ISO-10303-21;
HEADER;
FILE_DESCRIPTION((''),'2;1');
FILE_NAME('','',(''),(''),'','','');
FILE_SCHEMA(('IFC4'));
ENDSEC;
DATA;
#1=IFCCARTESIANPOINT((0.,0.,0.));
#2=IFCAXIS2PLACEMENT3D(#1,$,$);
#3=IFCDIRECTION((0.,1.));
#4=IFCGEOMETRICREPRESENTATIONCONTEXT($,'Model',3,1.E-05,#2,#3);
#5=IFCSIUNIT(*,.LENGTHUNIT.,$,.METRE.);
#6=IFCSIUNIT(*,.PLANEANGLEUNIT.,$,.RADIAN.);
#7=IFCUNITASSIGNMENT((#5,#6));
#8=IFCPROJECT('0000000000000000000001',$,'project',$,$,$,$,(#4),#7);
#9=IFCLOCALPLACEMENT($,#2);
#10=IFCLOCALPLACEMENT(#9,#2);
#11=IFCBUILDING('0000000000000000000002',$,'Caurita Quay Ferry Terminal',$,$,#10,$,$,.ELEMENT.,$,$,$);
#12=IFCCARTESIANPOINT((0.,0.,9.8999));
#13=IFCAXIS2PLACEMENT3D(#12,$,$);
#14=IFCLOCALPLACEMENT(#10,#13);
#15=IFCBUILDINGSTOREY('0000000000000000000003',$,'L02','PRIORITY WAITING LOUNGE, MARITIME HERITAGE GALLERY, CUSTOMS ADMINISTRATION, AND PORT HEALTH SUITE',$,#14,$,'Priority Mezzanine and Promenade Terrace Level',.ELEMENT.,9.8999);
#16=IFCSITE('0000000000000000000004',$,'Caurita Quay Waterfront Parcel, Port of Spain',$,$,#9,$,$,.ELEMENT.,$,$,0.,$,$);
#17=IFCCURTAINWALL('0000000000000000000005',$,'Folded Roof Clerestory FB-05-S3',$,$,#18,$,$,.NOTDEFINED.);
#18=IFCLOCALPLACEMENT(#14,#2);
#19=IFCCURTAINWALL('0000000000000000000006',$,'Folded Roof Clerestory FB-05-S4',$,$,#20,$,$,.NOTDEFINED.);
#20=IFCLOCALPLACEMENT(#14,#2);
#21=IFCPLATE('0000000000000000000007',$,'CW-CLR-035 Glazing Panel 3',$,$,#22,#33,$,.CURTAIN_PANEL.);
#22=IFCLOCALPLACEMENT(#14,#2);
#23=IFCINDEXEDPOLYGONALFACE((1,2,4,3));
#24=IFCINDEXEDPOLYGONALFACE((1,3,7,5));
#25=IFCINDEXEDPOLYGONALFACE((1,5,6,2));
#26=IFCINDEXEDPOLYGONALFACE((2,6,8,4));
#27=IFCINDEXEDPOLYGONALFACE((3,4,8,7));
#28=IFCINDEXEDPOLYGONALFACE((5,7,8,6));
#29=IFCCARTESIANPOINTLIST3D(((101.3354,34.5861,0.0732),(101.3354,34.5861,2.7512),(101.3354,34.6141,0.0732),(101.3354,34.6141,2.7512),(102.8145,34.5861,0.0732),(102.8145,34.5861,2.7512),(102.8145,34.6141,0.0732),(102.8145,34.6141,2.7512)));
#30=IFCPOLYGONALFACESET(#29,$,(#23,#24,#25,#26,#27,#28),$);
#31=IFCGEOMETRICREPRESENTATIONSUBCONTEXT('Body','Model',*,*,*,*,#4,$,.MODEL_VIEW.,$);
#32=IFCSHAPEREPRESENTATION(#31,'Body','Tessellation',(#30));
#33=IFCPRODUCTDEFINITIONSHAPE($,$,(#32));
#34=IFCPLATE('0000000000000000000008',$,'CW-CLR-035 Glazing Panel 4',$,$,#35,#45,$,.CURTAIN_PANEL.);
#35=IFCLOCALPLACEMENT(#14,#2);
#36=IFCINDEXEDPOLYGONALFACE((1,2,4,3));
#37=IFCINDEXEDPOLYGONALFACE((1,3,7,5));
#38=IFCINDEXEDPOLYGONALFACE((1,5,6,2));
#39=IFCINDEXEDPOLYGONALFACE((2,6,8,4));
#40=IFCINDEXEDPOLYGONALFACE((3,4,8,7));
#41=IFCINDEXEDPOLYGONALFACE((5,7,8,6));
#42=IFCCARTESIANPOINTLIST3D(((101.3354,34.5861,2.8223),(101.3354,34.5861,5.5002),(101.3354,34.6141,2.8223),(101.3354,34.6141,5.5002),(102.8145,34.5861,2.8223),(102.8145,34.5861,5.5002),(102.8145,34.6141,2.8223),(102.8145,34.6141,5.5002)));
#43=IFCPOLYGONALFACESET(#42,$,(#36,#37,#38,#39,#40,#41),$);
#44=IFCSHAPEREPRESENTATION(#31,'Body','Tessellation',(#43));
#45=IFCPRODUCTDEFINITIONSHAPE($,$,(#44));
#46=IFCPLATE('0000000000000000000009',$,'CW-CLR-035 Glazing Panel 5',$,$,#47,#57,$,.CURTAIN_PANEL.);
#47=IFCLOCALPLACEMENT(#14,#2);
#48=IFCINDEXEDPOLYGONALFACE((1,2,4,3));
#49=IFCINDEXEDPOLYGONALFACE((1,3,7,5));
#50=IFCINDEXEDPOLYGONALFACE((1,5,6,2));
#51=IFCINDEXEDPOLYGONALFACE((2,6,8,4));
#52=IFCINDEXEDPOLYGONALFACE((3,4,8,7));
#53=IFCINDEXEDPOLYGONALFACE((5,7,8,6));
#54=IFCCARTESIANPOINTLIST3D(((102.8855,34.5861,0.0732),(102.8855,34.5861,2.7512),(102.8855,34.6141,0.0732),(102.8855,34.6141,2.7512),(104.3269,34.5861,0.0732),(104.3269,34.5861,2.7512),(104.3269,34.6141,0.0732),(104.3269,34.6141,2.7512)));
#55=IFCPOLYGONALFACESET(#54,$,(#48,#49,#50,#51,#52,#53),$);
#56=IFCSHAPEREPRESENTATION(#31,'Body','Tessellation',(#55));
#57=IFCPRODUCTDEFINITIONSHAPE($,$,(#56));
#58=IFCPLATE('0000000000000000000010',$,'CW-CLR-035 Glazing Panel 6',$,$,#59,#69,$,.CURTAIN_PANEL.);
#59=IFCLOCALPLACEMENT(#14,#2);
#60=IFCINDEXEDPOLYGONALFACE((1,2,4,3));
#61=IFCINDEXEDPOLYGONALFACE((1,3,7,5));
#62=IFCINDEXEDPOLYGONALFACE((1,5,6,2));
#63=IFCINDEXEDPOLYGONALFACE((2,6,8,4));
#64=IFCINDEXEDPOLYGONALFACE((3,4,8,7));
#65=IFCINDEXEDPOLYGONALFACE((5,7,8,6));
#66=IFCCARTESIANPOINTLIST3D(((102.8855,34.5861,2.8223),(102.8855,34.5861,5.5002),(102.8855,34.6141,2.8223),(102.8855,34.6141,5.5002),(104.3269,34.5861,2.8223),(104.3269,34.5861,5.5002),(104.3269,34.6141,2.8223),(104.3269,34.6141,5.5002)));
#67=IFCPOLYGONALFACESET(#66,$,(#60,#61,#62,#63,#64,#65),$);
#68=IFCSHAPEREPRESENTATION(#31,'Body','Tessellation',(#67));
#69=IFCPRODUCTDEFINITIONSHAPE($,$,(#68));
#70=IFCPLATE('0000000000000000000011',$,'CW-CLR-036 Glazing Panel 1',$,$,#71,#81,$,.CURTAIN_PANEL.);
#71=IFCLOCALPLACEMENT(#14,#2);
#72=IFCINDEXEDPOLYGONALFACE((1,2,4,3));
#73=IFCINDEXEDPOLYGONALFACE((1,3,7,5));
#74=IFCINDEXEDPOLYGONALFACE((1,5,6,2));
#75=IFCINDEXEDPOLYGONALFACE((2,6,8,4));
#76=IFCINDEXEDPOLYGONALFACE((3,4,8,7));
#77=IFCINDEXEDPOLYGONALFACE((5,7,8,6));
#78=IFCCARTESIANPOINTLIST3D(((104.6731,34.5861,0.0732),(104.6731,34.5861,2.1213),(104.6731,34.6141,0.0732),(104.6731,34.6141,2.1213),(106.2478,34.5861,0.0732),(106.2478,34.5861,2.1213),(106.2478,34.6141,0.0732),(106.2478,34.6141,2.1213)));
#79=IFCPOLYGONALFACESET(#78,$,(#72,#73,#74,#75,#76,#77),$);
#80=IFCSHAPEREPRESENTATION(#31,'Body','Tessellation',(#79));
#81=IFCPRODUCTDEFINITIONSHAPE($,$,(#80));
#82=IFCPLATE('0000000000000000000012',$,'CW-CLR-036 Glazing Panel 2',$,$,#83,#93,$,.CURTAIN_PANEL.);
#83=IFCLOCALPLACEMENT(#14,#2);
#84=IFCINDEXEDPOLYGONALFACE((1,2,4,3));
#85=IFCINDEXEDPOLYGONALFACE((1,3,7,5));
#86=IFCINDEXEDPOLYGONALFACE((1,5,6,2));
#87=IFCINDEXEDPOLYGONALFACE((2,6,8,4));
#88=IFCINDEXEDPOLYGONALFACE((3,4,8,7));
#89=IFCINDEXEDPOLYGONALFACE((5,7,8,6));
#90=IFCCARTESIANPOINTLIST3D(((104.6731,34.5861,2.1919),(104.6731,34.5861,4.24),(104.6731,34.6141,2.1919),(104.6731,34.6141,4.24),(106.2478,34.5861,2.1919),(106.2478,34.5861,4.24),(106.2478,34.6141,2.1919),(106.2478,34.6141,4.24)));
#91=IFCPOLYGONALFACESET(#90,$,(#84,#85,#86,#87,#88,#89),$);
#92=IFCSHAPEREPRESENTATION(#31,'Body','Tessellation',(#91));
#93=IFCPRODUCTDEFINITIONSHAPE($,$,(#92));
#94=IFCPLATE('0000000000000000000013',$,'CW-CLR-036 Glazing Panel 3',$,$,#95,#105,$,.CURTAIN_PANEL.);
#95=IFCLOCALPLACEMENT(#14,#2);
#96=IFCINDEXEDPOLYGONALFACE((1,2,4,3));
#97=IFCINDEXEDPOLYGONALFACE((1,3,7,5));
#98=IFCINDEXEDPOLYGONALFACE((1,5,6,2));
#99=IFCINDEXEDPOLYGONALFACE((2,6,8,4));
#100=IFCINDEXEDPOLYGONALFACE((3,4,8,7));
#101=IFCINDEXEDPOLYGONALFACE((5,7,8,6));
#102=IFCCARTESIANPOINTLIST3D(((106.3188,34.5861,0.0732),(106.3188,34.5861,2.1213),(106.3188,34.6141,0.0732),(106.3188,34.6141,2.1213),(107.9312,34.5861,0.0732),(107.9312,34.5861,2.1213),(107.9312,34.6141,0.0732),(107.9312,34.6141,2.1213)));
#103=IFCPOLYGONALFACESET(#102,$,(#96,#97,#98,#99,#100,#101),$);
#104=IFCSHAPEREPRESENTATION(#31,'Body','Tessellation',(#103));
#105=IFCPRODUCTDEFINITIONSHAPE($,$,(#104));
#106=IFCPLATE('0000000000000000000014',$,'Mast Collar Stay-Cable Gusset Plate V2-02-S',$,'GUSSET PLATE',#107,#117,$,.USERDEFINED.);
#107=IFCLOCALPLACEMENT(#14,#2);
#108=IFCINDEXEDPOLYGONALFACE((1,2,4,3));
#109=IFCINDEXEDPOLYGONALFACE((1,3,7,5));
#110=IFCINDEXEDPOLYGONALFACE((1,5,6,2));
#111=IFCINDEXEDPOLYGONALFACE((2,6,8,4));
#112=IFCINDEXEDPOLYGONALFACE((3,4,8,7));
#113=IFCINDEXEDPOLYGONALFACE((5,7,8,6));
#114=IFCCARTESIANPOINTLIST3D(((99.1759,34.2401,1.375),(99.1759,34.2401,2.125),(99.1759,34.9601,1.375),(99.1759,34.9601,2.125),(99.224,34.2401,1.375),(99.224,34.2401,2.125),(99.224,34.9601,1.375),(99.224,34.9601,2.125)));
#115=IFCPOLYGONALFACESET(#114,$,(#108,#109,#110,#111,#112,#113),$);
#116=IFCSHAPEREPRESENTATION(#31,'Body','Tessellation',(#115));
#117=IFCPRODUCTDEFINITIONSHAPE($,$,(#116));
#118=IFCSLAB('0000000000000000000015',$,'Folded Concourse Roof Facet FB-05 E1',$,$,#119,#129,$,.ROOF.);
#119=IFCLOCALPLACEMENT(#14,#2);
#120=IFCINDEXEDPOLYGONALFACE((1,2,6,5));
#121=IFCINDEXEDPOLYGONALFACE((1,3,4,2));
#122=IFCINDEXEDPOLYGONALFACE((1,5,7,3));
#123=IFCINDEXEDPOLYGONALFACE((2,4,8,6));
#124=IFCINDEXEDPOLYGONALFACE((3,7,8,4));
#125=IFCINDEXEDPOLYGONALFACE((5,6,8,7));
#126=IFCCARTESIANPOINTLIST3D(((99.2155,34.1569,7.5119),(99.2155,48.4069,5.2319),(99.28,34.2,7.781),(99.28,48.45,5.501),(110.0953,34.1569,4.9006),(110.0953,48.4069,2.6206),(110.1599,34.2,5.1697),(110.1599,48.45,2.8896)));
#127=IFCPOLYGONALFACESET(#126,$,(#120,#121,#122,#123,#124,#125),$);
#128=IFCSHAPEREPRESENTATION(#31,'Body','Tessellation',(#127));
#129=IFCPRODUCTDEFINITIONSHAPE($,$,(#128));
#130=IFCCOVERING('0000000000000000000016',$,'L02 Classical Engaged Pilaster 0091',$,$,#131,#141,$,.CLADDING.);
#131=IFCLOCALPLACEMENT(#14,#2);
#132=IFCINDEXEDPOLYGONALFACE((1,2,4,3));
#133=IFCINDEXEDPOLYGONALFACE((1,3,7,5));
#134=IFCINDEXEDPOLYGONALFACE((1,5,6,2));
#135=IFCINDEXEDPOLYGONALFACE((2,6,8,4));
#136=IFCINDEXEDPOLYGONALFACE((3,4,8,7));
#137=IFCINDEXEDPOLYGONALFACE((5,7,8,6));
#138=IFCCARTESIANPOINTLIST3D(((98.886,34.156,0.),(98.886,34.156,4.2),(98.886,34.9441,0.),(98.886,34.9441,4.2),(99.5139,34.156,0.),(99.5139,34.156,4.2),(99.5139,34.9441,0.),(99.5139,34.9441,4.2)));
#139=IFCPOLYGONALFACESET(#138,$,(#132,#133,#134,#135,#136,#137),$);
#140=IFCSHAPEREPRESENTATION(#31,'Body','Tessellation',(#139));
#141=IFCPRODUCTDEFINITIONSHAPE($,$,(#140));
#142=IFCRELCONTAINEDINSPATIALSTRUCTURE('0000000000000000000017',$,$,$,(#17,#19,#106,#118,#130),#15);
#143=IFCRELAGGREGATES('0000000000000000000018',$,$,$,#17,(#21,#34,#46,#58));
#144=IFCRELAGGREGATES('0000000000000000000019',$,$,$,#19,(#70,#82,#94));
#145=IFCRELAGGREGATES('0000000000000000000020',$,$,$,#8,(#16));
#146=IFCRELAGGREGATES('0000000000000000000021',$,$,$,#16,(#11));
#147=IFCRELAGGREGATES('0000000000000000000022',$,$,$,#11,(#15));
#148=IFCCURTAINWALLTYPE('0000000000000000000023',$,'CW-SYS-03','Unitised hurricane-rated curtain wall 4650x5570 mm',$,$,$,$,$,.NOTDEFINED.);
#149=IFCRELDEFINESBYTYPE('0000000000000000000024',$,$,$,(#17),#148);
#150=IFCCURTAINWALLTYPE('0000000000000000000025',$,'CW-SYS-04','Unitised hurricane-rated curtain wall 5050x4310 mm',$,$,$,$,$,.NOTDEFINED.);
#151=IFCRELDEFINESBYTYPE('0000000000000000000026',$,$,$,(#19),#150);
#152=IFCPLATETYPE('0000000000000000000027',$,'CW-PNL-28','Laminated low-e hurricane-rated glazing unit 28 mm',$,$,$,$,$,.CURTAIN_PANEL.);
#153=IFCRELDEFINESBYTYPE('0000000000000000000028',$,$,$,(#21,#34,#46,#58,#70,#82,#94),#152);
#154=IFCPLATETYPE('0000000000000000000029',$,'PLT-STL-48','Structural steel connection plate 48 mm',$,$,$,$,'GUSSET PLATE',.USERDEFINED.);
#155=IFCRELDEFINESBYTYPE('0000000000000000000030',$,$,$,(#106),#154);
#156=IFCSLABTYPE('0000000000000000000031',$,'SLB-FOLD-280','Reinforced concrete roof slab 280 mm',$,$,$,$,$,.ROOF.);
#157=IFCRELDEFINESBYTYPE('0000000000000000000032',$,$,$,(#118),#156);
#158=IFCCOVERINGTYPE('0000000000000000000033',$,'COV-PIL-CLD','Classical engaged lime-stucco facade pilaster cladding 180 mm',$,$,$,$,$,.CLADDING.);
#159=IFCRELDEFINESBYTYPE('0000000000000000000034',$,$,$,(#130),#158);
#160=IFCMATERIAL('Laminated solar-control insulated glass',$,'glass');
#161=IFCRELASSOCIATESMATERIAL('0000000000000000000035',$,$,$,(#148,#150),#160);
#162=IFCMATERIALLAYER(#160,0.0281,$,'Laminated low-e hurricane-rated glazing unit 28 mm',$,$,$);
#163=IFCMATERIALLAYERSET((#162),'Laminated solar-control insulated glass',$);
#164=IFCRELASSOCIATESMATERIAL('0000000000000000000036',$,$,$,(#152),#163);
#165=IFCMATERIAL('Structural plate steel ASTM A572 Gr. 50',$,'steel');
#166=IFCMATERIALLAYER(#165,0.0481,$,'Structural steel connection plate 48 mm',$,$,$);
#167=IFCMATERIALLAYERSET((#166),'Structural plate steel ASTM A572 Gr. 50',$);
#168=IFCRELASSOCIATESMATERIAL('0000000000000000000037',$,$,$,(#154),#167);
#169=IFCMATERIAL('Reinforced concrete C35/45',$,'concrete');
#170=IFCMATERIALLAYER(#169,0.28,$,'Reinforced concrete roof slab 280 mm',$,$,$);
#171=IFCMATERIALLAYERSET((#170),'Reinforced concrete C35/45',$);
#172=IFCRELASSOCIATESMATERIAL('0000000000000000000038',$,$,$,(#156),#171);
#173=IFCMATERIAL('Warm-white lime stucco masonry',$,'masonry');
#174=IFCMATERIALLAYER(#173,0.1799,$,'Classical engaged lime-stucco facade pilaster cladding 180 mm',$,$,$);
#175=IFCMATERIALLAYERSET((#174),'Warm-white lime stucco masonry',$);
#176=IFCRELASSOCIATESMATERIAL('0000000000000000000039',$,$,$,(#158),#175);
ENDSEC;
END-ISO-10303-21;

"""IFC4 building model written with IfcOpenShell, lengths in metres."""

from ifc_helpers import new_model, si_unit, direction, frame, origin, origin_2d, place, context, subcontext, project, spatial, polyline, rectangle, outline, extrude, material, layer, layer_set, type_object, element, aggregate, save


model = new_model("IFC4")

# Units and contexts
model_context = context("Model", 3, precision=1e-05, world=origin(), true_north=direction((0.0, 1.0)))
body_context = subcontext(model_context, "Body", "Model", "MODEL_VIEW")
ifc_project = project(units=[si_unit("LENGTHUNIT", "METRE"), si_unit("PLANEANGLEUNIT", "RADIAN")], contexts=[model_context])

# Site, building, storey
site_placement = place(None, origin())
site = spatial("IfcSite", under=ifc_project, at=site_placement, Name="Caurita Quay Waterfront Parcel, Port of Spain", CompositionType="ELEMENT", RefElevation=0.0)
building_placement = place(site_placement, origin())
building = spatial("IfcBuilding", under=site, at=building_placement, Name="Caurita Quay Ferry Terminal", CompositionType="ELEMENT")
storey_placement = place(building_placement, frame((0.0, 0.0, 9.8999)))
storey = spatial("IfcBuildingStorey", under=building, at=storey_placement, Name="L02", Description="PRIORITY WAITING LOUNGE, MARITIME HERITAGE GALLERY, CUSTOMS ADMINISTRATION, AND PORT HEALTH SUITE", LongName="Priority Mezzanine and Promenade Terrace Level", CompositionType="ELEMENT", Elevation=9.8999)

# Shared definitions
ifc_material_1 = material(Name="Laminated solar-control insulated glass", Category="glass")
curtain_wall_type_1 = type_object("IfcCurtainWallType", Name="CW-SYS-03", Description="Unitised hurricane-rated curtain wall 4650x5570 mm", PredefinedType="NOTDEFINED", material=ifc_material_1)

# Curtain walls
curtain_wall_1_placement = place(storey_placement, origin())
curtain_wall_1 = element("IfcCurtainWall", 1, at=curtain_wall_1_placement, inside=storey, type_object=curtain_wall_type_1, Name="Folded Roof Clerestory FB-05-S3", PredefinedType="NOTDEFINED")
curtain_wall_type_2 = type_object("IfcCurtainWallType", Name="CW-SYS-04", Description="Unitised hurricane-rated curtain wall 5050x4310 mm", PredefinedType="NOTDEFINED", material=ifc_material_1)
curtain_wall_2_placement = place(storey_placement, origin())
curtain_wall_2 = element("IfcCurtainWall", 2, at=curtain_wall_2_placement, inside=storey, type_object=curtain_wall_type_2, Name="Folded Roof Clerestory FB-05-S4", PredefinedType="NOTDEFINED")

# Plates
ifc_layer_1 = layer(ifc_material_1, 0.0281, Name="Laminated low-e hurricane-rated glazing unit 28 mm")
ifc_layer_set_1 = layer_set([ifc_layer_1], Name="Laminated solar-control insulated glass")
plate_type_1 = type_object("IfcPlateType", Name="CW-PNL-28", Description="Laminated low-e hurricane-rated glazing unit 28 mm", PredefinedType="CURTAIN_PANEL", material=ifc_layer_set_1)
plate_1_placement = place(storey_placement, frame((102.075, 34.6001, 0.0732), z_axis=(0.0, 0.0, 1.0), x_axis=(1.0, 0.0, 0.0)))
plate_1 = element("IfcPlate", 3, at=plate_1_placement, type_object=plate_type_1, Name="CW-CLR-035 Glazing Panel 3", PredefinedType="CURTAIN_PANEL", context=body_context, shape_type="SweptSolid", body=[
    extrude(rectangle(XDim=1.479, YDim=0.0281, at=origin_2d()), origin(), (0.0, 0.0, 1.0), 2.678),
])
plate_2_placement = place(storey_placement, frame((102.075, 34.6001, 2.8223), z_axis=(0.0, 0.0, 1.0), x_axis=(1.0, 0.0, 0.0)))
plate_2 = element("IfcPlate", 4, at=plate_2_placement, type_object=plate_type_1, Name="CW-CLR-035 Glazing Panel 4", PredefinedType="CURTAIN_PANEL", context=body_context, shape_type="SweptSolid", body=[
    extrude(rectangle(XDim=1.479, YDim=0.0281, at=origin_2d()), origin(), (0.0, 0.0, 1.0), 2.678),
])
plate_3_placement = place(storey_placement, frame((103.6062, 34.6001, 0.0732), z_axis=(0.0, 0.0, 1.0), x_axis=(1.0, 0.0, 0.0)))
plate_3 = element("IfcPlate", 5, at=plate_3_placement, type_object=plate_type_1, Name="CW-CLR-035 Glazing Panel 5", PredefinedType="CURTAIN_PANEL", context=body_context, shape_type="SweptSolid", body=[
    extrude(rectangle(XDim=1.4414, YDim=0.0281, at=origin_2d()), origin(), (0.0, 0.0, 1.0), 2.678),
])
plate_4_placement = place(storey_placement, frame((103.6062, 34.6001, 2.8223), z_axis=(0.0, 0.0, 1.0), x_axis=(1.0, 0.0, 0.0)))
plate_4 = element("IfcPlate", 6, at=plate_4_placement, type_object=plate_type_1, Name="CW-CLR-035 Glazing Panel 6", PredefinedType="CURTAIN_PANEL", context=body_context, shape_type="SweptSolid", body=[
    extrude(rectangle(XDim=1.4414, YDim=0.0281, at=origin_2d()), origin(), (0.0, 0.0, 1.0), 2.678),
])
aggregate(curtain_wall_1, [plate_1, plate_2, plate_3, plate_4])
plate_5_placement = place(storey_placement, frame((105.4604, 34.6001, 0.0732), z_axis=(0.0, 0.0, 1.0), x_axis=(1.0, 0.0, 0.0)))
plate_5 = element("IfcPlate", 7, at=plate_5_placement, type_object=plate_type_1, Name="CW-CLR-036 Glazing Panel 1", PredefinedType="CURTAIN_PANEL", context=body_context, shape_type="SweptSolid", body=[
    extrude(rectangle(XDim=1.5747, YDim=0.0281, at=origin_2d()), origin(), (0.0, 0.0, 1.0), 2.0481),
])
plate_6_placement = place(storey_placement, frame((105.4604, 34.6001, 2.1919), z_axis=(0.0, 0.0, 1.0), x_axis=(1.0, 0.0, 0.0)))
plate_6 = element("IfcPlate", 8, at=plate_6_placement, type_object=plate_type_1, Name="CW-CLR-036 Glazing Panel 2", PredefinedType="CURTAIN_PANEL", context=body_context, shape_type="SweptSolid", body=[
    extrude(rectangle(XDim=1.5747, YDim=0.0281, at=origin_2d()), origin(), (0.0, 0.0, 1.0), 2.0481),
])
plate_7_placement = place(storey_placement, frame((107.125, 34.6001, 0.0732), z_axis=(0.0, 0.0, 1.0), x_axis=(1.0, 0.0, 0.0)))
plate_7 = element("IfcPlate", 9, at=plate_7_placement, type_object=plate_type_1, Name="CW-CLR-036 Glazing Panel 3", PredefinedType="CURTAIN_PANEL", context=body_context, shape_type="SweptSolid", body=[
    extrude(rectangle(XDim=1.6123, YDim=0.0281, at=origin_2d()), origin(), (0.0, 0.0, 1.0), 2.0481),
])
aggregate(curtain_wall_2, [plate_5, plate_6, plate_7])
ifc_material_2 = material(Name="Structural plate steel ASTM A572 Gr. 50", Category="steel")
ifc_layer_2 = layer(ifc_material_2, 0.0481, Name="Structural steel connection plate 48 mm")
ifc_layer_set_2 = layer_set([ifc_layer_2], Name="Structural plate steel ASTM A572 Gr. 50")
plate_type_2 = type_object("IfcPlateType", Name="PLT-STL-48", Description="Structural steel connection plate 48 mm", ElementType="GUSSET PLATE", PredefinedType="USERDEFINED", material=ifc_layer_set_2)
plate_8_placement = place(storey_placement, frame((99.2, 34.6001, 1.375), z_axis=(0.0, 0.0, 1.0), x_axis=(1.0, 0.0, 0.0)))
element("IfcPlate", 10, at=plate_8_placement, inside=storey, type_object=plate_type_2, Name="Mast Collar Stay-Cable Gusset Plate V2-02-S", ObjectType="GUSSET PLATE", PredefinedType="USERDEFINED", context=body_context, shape_type="SweptSolid", body=[
    extrude(rectangle(XDim=0.0481, YDim=0.72, at=origin_2d()), origin(), (0.0, 0.0, 1.0), 0.75),
])

# Slab
ifc_material_3 = material(Name="Reinforced concrete C35/45", Category="concrete")
ifc_layer_3 = layer(ifc_material_3, 0.28, Name="Reinforced concrete roof slab 280 mm")
ifc_layer_set_3 = layer_set([ifc_layer_3], Name="Reinforced concrete C35/45")
slab_type = type_object("IfcSlabType", Name="SLB-FOLD-280", Description="Reinforced concrete roof slab 280 mm", PredefinedType="ROOF", material=ifc_layer_set_3)
slab_placement = place(storey_placement, frame((99.28, 34.2, 7.781), z_axis=(0.230612, 0.153734, 0.960825), x_axis=(0.972384, 0.0, -0.233386)))
element("IfcSlab", 11, at=slab_placement, inside=storey, type_object=slab_type, Name="Folded Concourse Roof Facet FB-05 E1", PredefinedType="ROOF", context=body_context, shape_type="SweptSolid", body=[
    extrude(outline(polyline([(0.0, 0.0), (11.1889, 0.0), (11.721, 14.4214), (0.5321, 14.4214), (0.0, 0.0)])), origin(), (0.0, 0.0, -1.0), 0.28),
])

# Covering
ifc_material_4 = material(Name="Warm-white lime stucco masonry", Category="masonry")
ifc_layer_4 = layer(ifc_material_4, 0.1799, Name="Classical engaged lime-stucco facade pilaster cladding 180 mm")
ifc_layer_set_4 = layer_set([ifc_layer_4], Name="Warm-white lime stucco masonry")
covering_type = type_object("IfcCoveringType", Name="COV-PIL-CLD", Description="Classical engaged lime-stucco facade pilaster cladding 180 mm", PredefinedType="CLADDING", material=ifc_layer_set_4)
covering_placement = place(storey_placement, frame((99.2, 34.55, 0.0), z_axis=(0.0, 0.0, 1.0), x_axis=(1.0, 0.0, 0.0)))
element("IfcCovering", 12, at=covering_placement, inside=storey, type_object=covering_type, Name="L02 Classical Engaged Pilaster 0091", PredefinedType="CLADDING", context=body_context, shape_type="SweptSolid", body=[
    extrude(rectangle(XDim=0.6279, YDim=0.7881, at=origin_2d()), origin(), (0.0, 0.0, 1.0), 4.2),
])

save(model, "model.ifc")
